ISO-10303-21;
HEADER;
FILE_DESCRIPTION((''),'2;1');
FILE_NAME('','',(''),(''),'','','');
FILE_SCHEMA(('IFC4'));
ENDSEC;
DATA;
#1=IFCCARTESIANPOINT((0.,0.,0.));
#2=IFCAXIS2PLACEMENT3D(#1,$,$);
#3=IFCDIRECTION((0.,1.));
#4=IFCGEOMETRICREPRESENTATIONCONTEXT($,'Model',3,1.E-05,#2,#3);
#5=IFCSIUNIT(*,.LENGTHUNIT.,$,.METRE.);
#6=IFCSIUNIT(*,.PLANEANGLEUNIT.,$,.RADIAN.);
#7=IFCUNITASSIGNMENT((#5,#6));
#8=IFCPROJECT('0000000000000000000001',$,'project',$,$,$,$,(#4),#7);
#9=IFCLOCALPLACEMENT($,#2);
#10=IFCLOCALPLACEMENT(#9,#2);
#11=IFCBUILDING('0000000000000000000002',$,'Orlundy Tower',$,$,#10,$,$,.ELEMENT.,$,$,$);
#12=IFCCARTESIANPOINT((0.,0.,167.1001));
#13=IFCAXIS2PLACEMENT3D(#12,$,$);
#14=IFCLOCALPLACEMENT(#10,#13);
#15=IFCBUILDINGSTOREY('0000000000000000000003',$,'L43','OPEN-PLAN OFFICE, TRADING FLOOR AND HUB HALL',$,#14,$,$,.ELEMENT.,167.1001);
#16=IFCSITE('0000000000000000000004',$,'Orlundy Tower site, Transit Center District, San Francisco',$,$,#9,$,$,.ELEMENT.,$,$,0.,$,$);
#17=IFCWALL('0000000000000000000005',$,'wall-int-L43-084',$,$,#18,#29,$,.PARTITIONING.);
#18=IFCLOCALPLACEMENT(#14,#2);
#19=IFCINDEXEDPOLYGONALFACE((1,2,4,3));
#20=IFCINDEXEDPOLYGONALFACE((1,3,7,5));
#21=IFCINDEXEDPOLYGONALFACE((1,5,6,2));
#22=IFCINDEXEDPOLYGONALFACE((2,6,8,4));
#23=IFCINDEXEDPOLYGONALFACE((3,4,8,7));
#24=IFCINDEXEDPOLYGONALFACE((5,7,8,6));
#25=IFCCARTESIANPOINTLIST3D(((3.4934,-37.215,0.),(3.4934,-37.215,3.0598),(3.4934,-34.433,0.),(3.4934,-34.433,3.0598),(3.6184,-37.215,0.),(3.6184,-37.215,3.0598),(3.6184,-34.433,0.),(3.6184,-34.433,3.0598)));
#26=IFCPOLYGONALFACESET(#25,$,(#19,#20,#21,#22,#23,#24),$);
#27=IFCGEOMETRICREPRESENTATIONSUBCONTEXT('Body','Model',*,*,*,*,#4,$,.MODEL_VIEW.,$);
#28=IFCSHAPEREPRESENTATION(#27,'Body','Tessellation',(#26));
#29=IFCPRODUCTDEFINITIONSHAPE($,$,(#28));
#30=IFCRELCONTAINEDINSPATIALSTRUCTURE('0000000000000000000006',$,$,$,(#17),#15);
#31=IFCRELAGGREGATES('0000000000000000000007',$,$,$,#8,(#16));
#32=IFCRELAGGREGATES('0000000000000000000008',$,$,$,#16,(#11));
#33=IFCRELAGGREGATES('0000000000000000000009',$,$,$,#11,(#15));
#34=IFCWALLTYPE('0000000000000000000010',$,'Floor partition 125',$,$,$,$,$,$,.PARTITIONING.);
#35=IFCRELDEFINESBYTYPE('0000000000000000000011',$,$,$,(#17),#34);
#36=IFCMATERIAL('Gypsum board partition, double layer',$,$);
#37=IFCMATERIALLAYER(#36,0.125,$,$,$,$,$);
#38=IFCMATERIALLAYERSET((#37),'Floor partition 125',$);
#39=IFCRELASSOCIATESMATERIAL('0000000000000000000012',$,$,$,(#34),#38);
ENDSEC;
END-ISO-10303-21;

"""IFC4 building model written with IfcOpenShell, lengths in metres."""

from ifc_helpers import new_model, si_unit, direction, frame, frame_2d, origin, place, context, subcontext, project, spatial, rectangle, extrude, material, layer, layer_set, type_object, element, save


model = new_model("IFC4")

# Units and contexts
model_context = context("Model", 3, precision=1e-05, world=origin(), true_north=direction((0.0, 1.0)))
body_context = subcontext(model_context, "Body", "Model", "MODEL_VIEW")
ifc_project = project(units=[si_unit("LENGTHUNIT", "METRE"), si_unit("PLANEANGLEUNIT", "RADIAN")], contexts=[model_context])

# Site, building, storey
site_placement = place(None, origin())
site = spatial("IfcSite", under=ifc_project, at=site_placement, Name="Orlundy Tower site, Transit Center District, San Francisco", CompositionType="ELEMENT", RefElevation=0.0)
building_placement = place(site_placement, origin())
building = spatial("IfcBuilding", under=site, at=building_placement, Name="Orlundy Tower", CompositionType="ELEMENT")
storey_placement = place(building_placement, frame((0.0, 0.0, 167.1001)))
storey = spatial("IfcBuildingStorey", under=building, at=storey_placement, Name="L43", Description="OPEN-PLAN OFFICE, TRADING FLOOR AND HUB HALL", CompositionType="ELEMENT", Elevation=167.1001)

# Shared definitions
ifc_material_1 = material(Name="Gypsum board partition, double layer")
ifc_layer_1 = layer(ifc_material_1, 0.125)
ifc_layer_set_1 = layer_set([ifc_layer_1], Name="Floor partition 125")
wall_type_1 = type_object("IfcWallType", Name="Floor partition 125", PredefinedType="PARTITIONING", material=ifc_layer_set_1)

# Wall
wall_1_placement = place(storey_placement, frame((3.5559, -37.2151, 0.0), z_axis=(0.0, 0.0, 1.0), x_axis=(0.0, 1.0, 0.0)))
element("IfcWall", 1, at=wall_1_placement, inside=storey, type_object=wall_type_1, Name="wall-int-L43-084", PredefinedType="PARTITIONING", context=body_context, shape_type="SweptSolid", body=[
    extrude(rectangle(XDim=2.782, YDim=0.125, at=frame_2d((1.3911, 0.0))), origin(), (0.0, 0.0, 1.0), 3.0598),
])

save(model, "model.ifc")
